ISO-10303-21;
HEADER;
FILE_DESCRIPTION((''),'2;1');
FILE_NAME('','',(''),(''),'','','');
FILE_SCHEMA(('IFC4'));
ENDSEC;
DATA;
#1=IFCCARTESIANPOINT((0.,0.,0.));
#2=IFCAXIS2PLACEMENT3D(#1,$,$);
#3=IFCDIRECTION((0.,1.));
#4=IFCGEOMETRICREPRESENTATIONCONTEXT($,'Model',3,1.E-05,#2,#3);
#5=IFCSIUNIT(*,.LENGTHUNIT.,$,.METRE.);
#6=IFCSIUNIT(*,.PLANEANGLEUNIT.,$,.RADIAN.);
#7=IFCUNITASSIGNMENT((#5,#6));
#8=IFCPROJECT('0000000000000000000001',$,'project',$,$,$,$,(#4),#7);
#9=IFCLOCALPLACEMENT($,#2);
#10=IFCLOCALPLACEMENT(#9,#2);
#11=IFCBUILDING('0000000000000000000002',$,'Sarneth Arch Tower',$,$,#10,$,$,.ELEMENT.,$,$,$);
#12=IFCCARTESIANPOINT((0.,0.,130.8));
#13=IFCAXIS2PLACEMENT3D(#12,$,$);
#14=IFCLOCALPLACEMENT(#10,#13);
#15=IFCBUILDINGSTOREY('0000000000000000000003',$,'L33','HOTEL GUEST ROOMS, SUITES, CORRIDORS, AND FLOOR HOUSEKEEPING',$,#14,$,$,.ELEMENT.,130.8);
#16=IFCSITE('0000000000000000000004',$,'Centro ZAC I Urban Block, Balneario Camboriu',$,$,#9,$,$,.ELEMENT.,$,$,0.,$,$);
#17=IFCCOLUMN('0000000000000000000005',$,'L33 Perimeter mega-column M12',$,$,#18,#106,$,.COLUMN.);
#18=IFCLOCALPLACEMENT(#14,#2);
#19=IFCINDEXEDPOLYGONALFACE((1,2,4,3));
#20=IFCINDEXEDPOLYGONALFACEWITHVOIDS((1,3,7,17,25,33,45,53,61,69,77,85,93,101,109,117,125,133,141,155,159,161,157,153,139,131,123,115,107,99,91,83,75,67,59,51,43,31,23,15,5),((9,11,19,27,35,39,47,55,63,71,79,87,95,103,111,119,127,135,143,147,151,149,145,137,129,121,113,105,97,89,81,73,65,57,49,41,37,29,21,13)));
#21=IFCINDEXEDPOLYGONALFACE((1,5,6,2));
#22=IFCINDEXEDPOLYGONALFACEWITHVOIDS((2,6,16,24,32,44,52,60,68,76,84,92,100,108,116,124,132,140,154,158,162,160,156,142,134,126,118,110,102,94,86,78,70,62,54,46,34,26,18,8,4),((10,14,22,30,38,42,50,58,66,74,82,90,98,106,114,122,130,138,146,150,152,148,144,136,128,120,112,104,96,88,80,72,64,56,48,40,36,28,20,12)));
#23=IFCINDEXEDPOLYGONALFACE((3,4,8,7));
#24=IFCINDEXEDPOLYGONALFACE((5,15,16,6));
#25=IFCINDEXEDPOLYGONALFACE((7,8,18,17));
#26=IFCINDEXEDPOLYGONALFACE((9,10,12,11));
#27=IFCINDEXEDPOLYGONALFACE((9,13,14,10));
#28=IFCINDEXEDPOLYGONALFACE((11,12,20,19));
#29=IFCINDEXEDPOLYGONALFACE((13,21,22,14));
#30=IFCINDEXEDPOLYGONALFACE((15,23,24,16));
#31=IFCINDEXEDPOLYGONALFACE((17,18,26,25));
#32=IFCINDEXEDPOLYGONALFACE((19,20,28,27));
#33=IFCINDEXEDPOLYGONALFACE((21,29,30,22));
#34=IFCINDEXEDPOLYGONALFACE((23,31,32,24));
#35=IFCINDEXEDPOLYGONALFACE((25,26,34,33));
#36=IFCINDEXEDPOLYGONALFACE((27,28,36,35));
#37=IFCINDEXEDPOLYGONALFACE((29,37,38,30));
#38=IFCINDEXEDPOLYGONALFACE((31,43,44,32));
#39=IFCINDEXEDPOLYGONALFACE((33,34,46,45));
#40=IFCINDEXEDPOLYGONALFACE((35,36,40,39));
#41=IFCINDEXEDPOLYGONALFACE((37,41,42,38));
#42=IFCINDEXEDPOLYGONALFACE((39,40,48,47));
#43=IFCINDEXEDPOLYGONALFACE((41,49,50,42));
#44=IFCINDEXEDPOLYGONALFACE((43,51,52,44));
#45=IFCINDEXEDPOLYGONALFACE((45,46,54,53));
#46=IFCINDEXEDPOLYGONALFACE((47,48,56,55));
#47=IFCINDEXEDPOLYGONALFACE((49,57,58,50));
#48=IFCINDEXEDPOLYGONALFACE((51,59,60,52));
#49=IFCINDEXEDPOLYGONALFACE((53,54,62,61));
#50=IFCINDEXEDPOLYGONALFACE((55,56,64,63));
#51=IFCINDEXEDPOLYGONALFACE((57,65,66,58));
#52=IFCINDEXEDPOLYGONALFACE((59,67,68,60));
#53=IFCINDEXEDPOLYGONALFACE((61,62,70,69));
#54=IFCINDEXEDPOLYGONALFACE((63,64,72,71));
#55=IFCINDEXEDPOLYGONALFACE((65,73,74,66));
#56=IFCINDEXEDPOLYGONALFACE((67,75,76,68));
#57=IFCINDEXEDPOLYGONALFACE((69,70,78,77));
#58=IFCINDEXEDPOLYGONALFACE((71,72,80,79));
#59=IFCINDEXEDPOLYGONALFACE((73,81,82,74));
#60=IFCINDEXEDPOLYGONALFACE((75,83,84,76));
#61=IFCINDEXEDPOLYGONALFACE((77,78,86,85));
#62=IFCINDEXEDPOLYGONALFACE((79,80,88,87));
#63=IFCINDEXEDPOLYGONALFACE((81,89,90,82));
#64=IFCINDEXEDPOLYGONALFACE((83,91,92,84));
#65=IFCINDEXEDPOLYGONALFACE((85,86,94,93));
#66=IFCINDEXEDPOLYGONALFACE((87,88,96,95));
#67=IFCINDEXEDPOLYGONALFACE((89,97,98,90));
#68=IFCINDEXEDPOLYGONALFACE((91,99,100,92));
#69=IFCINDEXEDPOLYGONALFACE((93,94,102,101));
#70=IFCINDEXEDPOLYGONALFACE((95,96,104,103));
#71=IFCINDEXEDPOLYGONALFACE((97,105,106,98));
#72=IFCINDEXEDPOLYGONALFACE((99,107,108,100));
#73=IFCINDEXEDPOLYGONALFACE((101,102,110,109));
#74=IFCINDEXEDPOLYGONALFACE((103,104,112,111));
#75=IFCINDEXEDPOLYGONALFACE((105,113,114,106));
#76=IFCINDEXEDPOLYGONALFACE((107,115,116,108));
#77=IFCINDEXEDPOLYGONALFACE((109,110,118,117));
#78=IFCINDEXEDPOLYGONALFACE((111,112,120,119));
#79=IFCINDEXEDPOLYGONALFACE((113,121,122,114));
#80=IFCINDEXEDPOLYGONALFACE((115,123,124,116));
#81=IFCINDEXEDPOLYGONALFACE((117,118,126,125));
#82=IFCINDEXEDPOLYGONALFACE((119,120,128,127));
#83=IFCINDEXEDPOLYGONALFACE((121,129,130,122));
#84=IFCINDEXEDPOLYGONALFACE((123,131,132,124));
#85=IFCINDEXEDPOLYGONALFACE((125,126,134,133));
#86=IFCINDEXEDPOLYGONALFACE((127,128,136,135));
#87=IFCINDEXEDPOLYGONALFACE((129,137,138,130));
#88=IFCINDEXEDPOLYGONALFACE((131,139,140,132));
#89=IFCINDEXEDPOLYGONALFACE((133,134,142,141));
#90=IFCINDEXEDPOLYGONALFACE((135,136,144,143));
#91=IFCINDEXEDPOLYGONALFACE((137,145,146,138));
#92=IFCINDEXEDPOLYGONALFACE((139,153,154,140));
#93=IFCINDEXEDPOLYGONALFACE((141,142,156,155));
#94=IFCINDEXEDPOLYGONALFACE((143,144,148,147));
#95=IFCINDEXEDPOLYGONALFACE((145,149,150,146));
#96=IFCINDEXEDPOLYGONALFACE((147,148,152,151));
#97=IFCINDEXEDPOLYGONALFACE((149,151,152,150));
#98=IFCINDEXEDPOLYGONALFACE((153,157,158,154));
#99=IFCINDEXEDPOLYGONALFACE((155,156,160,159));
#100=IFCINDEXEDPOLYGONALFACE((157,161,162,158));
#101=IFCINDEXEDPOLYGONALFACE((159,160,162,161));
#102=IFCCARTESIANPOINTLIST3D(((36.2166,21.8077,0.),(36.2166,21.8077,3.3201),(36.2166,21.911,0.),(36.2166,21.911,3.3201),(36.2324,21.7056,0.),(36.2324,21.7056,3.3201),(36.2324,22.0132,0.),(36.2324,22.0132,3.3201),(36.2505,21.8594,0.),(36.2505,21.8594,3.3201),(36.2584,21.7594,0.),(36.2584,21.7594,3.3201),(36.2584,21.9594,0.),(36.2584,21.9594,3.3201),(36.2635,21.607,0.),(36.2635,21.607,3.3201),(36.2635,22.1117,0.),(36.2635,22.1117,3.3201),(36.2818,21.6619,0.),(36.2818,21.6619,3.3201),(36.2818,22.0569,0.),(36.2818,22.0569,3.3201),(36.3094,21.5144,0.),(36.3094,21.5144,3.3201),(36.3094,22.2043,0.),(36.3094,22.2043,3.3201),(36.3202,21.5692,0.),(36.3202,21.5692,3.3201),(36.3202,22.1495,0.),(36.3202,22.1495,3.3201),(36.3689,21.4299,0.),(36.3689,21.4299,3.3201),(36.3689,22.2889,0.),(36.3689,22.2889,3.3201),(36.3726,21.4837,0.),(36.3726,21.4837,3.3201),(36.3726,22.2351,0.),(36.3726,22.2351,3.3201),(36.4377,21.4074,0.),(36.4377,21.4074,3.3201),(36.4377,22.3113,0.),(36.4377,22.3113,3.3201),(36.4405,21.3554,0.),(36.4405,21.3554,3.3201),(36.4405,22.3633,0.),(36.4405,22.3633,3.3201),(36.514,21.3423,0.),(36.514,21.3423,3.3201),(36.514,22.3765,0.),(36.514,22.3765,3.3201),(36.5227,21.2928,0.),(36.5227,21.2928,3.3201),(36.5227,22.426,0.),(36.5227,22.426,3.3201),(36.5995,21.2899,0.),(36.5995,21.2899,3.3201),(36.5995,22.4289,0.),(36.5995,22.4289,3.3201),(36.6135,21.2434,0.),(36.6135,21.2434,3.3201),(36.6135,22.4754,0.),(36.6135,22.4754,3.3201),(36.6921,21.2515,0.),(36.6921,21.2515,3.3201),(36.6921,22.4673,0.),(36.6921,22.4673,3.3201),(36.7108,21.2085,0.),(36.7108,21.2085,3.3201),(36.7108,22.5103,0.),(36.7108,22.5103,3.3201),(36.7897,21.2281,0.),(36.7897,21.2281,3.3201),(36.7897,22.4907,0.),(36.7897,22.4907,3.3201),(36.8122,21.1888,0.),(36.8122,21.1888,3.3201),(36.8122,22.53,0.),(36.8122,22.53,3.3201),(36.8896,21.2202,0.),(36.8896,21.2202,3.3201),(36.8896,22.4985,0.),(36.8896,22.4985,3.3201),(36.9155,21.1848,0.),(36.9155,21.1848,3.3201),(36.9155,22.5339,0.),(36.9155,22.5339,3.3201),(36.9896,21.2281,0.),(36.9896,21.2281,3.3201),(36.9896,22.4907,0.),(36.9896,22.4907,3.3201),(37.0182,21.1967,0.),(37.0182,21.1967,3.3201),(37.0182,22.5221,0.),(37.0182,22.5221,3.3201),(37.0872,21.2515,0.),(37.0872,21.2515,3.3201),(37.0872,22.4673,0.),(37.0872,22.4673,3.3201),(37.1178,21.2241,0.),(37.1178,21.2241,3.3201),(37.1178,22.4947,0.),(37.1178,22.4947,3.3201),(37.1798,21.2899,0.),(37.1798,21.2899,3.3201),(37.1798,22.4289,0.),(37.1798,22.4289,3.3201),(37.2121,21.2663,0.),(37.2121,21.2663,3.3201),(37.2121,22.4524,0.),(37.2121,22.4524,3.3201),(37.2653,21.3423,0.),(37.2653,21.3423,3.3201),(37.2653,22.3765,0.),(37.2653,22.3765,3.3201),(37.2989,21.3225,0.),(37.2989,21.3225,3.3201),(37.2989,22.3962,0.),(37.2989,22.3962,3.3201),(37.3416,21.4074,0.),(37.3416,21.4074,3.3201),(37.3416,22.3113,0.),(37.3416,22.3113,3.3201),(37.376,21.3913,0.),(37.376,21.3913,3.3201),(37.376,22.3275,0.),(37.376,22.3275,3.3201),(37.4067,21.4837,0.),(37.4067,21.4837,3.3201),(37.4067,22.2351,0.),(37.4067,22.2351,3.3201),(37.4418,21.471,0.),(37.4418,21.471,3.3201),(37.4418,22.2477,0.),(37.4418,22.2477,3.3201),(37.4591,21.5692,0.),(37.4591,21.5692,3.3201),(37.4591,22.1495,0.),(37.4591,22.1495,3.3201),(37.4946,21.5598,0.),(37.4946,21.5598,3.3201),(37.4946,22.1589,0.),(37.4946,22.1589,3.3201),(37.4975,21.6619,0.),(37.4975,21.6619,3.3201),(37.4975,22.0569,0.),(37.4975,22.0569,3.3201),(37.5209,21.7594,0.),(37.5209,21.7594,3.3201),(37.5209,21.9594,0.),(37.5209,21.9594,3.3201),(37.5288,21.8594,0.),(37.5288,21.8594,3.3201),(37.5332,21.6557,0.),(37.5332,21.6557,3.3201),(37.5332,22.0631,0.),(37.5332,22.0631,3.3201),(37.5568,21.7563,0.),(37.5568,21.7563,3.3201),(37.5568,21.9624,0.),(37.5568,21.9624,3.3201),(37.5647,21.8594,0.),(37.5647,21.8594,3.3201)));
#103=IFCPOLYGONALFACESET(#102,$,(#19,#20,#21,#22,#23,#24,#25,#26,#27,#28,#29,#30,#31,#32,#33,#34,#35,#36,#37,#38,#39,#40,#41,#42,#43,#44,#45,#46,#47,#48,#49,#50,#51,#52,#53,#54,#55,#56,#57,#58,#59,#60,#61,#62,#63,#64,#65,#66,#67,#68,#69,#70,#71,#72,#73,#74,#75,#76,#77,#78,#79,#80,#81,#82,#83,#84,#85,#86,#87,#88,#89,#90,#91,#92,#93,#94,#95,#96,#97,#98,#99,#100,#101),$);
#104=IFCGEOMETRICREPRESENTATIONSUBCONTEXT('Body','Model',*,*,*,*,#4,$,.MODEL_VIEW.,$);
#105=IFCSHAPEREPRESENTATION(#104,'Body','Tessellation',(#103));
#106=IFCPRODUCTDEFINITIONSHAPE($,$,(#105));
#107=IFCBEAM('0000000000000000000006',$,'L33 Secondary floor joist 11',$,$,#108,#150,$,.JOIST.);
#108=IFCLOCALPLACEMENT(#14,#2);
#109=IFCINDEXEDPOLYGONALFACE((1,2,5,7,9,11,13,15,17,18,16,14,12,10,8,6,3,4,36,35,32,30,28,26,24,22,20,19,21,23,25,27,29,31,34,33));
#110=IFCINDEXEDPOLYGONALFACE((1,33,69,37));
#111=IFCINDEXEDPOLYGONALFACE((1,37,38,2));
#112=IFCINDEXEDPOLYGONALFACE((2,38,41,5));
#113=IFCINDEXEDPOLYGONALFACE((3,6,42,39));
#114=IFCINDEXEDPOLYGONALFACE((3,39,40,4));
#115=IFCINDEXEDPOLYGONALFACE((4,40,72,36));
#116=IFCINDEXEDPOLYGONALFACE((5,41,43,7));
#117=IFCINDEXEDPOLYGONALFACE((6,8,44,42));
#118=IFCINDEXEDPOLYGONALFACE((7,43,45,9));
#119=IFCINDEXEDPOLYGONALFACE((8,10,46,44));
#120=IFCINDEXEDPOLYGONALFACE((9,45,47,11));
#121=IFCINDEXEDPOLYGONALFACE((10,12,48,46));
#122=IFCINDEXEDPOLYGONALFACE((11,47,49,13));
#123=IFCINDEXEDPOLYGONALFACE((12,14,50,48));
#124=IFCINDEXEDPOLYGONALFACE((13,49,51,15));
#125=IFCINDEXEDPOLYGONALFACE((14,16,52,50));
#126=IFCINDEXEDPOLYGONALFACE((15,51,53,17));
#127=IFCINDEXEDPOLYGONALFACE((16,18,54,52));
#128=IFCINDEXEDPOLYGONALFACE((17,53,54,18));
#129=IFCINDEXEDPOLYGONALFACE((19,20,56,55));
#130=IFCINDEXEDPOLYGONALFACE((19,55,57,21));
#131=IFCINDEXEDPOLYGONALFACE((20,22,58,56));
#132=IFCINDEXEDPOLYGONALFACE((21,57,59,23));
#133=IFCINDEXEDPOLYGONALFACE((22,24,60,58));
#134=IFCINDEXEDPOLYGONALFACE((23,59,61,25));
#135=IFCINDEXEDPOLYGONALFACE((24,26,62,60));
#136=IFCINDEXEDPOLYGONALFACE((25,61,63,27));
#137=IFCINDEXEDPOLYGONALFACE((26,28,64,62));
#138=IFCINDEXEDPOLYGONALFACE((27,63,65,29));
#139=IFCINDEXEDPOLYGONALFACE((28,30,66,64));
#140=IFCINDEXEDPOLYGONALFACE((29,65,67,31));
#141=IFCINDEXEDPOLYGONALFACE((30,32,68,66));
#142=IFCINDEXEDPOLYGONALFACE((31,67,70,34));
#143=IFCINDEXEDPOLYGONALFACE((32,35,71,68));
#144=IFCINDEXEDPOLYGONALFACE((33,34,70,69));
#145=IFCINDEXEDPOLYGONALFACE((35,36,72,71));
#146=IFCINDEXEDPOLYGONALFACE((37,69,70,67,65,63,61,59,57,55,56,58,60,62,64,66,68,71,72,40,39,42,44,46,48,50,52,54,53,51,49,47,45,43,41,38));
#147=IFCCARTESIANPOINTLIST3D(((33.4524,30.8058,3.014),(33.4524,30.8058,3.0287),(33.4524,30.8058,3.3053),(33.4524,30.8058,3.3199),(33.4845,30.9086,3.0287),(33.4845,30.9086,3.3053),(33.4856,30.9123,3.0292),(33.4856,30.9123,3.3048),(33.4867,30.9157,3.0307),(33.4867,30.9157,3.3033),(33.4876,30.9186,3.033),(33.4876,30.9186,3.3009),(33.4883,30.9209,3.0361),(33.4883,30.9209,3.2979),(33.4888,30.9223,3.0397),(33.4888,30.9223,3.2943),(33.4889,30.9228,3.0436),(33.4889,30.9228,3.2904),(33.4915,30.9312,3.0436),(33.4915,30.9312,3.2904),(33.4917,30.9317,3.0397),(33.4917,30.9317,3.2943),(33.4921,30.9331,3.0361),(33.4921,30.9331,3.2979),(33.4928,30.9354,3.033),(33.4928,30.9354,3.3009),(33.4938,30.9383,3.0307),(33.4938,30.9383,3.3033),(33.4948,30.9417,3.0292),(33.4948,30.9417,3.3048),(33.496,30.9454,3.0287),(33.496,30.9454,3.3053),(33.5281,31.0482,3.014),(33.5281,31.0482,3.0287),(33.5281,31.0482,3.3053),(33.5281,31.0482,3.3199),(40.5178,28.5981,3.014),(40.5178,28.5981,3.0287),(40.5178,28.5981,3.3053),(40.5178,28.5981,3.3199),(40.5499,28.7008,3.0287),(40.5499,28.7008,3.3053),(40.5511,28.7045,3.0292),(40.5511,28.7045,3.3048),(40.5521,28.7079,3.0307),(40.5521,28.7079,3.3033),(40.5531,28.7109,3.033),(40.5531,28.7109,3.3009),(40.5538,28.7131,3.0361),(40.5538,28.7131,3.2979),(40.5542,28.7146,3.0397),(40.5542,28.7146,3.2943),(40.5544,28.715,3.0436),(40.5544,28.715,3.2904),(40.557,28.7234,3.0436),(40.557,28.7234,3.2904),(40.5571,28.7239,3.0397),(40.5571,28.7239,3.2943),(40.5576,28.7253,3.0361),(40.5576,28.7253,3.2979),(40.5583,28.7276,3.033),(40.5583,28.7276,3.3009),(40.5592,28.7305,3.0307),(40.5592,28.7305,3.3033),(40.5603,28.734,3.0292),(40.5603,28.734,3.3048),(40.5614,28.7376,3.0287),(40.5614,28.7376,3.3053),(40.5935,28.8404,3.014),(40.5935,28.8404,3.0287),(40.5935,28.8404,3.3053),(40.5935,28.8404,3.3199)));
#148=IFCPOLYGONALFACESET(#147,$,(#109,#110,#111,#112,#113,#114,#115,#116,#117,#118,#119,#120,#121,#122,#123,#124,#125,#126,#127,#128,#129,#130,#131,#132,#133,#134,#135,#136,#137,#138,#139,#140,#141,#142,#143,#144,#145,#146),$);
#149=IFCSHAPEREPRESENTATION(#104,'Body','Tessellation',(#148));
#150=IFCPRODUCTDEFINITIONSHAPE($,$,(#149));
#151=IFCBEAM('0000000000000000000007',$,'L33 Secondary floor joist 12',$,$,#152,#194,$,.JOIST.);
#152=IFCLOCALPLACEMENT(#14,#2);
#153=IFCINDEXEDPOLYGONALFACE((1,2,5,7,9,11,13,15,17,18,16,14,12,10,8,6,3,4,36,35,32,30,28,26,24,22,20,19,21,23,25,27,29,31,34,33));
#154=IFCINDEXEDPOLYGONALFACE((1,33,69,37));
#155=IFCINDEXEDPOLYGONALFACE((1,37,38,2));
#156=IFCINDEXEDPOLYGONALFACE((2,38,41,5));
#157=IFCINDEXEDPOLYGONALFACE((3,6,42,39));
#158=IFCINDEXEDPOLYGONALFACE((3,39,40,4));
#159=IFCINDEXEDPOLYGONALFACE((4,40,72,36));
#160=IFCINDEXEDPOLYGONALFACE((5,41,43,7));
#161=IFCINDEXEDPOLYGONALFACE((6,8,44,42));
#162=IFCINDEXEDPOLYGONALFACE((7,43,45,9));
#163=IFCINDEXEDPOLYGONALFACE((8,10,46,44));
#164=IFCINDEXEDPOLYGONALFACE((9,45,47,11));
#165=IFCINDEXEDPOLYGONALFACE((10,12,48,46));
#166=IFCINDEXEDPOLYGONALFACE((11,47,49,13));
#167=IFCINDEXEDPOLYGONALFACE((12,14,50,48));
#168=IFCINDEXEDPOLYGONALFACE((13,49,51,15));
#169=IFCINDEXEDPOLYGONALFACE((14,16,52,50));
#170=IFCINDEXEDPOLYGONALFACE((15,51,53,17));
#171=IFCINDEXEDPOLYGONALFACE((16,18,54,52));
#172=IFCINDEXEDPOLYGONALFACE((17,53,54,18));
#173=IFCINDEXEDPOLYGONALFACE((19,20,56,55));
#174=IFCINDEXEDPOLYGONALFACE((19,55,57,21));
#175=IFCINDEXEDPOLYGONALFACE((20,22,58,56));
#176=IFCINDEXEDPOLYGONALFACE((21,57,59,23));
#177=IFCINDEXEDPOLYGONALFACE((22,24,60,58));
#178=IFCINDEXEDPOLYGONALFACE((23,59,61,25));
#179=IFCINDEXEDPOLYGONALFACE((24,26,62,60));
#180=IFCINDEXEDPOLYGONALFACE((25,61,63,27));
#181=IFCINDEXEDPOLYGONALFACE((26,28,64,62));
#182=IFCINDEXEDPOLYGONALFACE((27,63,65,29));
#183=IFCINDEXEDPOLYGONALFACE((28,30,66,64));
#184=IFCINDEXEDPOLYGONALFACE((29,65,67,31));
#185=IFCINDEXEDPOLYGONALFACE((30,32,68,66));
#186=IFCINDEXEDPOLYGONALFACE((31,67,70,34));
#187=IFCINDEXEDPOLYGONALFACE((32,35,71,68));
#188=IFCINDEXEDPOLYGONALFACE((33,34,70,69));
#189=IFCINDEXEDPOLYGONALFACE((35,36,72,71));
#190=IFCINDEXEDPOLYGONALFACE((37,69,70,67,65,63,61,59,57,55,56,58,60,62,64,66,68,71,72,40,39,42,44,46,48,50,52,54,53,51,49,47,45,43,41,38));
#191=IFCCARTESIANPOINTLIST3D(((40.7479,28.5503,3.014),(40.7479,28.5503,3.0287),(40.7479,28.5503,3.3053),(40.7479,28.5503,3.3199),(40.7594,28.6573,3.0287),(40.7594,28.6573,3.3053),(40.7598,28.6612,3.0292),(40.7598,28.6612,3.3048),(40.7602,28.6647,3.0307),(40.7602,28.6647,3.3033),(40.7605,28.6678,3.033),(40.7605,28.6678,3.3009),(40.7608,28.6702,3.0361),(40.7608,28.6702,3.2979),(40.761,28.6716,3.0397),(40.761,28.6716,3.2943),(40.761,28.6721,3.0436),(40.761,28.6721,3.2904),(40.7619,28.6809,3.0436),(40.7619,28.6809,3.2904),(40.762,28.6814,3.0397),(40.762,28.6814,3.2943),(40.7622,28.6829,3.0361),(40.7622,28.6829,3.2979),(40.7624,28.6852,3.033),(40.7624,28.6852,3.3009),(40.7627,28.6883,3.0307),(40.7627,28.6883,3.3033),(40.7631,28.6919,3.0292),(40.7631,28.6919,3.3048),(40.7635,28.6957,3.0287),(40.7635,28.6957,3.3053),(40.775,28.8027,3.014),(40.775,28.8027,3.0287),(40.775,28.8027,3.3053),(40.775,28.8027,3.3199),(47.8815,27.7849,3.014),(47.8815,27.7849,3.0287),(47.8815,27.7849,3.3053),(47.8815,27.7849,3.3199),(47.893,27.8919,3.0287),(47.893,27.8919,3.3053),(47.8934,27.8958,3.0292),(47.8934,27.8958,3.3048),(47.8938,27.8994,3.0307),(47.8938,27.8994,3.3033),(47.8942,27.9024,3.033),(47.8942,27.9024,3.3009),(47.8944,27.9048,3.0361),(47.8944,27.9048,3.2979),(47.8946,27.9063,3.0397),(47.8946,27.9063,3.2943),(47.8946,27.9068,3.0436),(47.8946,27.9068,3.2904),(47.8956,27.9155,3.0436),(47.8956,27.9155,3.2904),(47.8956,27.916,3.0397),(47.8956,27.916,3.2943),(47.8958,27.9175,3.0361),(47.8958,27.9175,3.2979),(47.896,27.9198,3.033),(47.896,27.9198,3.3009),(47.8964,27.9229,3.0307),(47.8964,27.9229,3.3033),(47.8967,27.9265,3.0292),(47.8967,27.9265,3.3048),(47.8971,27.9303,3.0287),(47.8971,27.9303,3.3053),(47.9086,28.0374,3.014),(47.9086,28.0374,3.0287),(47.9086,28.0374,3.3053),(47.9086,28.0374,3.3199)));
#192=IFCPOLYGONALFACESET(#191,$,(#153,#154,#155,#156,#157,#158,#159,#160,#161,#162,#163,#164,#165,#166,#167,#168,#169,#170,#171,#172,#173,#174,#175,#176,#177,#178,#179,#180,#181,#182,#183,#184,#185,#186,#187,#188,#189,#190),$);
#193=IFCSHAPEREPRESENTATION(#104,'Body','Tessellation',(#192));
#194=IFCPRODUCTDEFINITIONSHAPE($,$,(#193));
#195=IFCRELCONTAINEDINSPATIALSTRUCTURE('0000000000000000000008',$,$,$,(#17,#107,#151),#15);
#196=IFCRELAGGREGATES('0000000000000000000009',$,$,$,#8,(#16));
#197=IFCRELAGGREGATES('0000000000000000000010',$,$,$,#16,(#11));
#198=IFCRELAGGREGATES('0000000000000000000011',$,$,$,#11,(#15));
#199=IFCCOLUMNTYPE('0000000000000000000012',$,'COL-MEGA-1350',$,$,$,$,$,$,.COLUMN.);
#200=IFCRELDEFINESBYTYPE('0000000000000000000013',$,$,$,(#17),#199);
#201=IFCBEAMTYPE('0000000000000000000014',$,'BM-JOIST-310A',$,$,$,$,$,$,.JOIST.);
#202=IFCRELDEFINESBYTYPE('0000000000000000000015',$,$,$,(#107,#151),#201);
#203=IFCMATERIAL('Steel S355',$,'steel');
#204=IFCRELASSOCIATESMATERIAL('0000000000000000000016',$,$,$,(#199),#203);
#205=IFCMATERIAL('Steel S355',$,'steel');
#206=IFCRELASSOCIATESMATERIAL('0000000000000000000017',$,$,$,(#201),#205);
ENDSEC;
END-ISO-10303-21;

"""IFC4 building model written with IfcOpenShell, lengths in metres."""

from ifc_helpers import new_model, si_unit, direction, frame, origin, origin_2d, place, context, subcontext, project, spatial, hollow_circle, i_section, extrude, material, material_profile, profile_set, type_object, element, save


model = new_model("IFC4")

# Units and contexts
model_context = context("Model", 3, precision=1e-05, world=origin(), true_north=direction((0.0, 1.0)))
body_context = subcontext(model_context, "Body", "Model", "MODEL_VIEW")
ifc_project = project(units=[si_unit("LENGTHUNIT", "METRE"), si_unit("PLANEANGLEUNIT", "RADIAN")], contexts=[model_context])

# Site, building, storey
site_placement = place(None, origin())
site = spatial("IfcSite", under=ifc_project, at=site_placement, Name="Centro ZAC I Urban Block, Balneario Camboriu", CompositionType="ELEMENT", RefElevation=0.0)
building_placement = place(site_placement, origin())
building = spatial("IfcBuilding", under=site, at=building_placement, Name="Sarneth Arch Tower", CompositionType="ELEMENT")
storey_placement = place(building_placement, frame((0.0, 0.0, 130.8)))
storey = spatial("IfcBuildingStorey", under=building, at=storey_placement, Name="L33", Description="HOTEL GUEST ROOMS, SUITES, CORRIDORS, AND FLOOR HOUSEKEEPING", CompositionType="ELEMENT", Elevation=130.8)

# Column
ifc_material_1 = material(Name="Steel S355", Category="steel")
ifc_material_profile_1 = material_profile(ifc_material_1, hollow_circle(Radius=0.675, WallThickness=0.0359, at=origin_2d()), Name="CHS1350x36")
ifc_profile_set_1 = profile_set([ifc_material_profile_1], Name="Steel S355")
column_type = type_object("IfcColumnType", Name="COL-MEGA-1350", PredefinedType="COLUMN", material=ifc_profile_set_1)
column_placement = place(storey_placement, frame((36.8896, 21.8594, 0.0), z_axis=(0.0, 0.0, 1.0), x_axis=(1.0, 0.0, 0.0)))
element("IfcColumn", 1, at=column_placement, inside=storey, type_object=column_type, Name="L33 Perimeter mega-column M12", PredefinedType="COLUMN", context=body_context, shape_type="SweptSolid", body=[
    extrude(hollow_circle(Radius=0.675, WallThickness=0.0359, at=origin_2d()), origin(), (0.0, 0.0, 1.0), 3.3201),
])

# Beams
ifc_material_2 = material(Name="Steel S355", Category="steel")
ifc_material_profile_2 = material_profile(ifc_material_2, i_section(OverallWidth=0.2539, OverallDepth=0.3059, WebThickness=0.0088, FlangeThickness=0.0146, FilletRadius=0.0149, at=origin_2d()), Name="W310x79")
ifc_profile_set_2 = profile_set([ifc_material_profile_2], Name="Steel S355")
beam_type_1 = type_object("IfcBeamType", Name="BM-JOIST-310A", PredefinedType="JOIST", material=ifc_profile_set_2)
beam_1_placement = place(storey_placement, frame((33.4902, 30.927, 3.167), z_axis=(0.954487, -0.298252, 0.0), x_axis=(0.298252, 0.954487, 0.0)))
element("IfcBeam", 2, at=beam_1_placement, inside=storey, type_object=beam_type_1, Name="L33 Secondary floor joist 11", PredefinedType="JOIST", context=body_context, shape_type="SweptSolid", body=[
    extrude(i_section(OverallWidth=0.2539, OverallDepth=0.3059, WebThickness=0.0088, FlangeThickness=0.0146, FilletRadius=0.0149, at=origin_2d()), origin(), (0.0, 0.0, 1.0), 7.4023),
])
beam_2_placement = place(storey_placement, frame((40.7615, 28.6765, 3.167), z_axis=(0.994293, -0.106681, 0.0), x_axis=(0.106681, 0.994293, 0.0)))
element("IfcBeam", 3, at=beam_2_placement, inside=storey, type_object=beam_type_1, Name="L33 Secondary floor joist 12", PredefinedType="JOIST", context=body_context, shape_type="SweptSolid", body=[
    extrude(i_section(OverallWidth=0.2539, OverallDepth=0.3059, WebThickness=0.0088, FlangeThickness=0.0146, FilletRadius=0.0149, at=origin_2d()), origin(), (0.0, 0.0, 1.0), 7.1746),
])

save(model, "model.ifc")
